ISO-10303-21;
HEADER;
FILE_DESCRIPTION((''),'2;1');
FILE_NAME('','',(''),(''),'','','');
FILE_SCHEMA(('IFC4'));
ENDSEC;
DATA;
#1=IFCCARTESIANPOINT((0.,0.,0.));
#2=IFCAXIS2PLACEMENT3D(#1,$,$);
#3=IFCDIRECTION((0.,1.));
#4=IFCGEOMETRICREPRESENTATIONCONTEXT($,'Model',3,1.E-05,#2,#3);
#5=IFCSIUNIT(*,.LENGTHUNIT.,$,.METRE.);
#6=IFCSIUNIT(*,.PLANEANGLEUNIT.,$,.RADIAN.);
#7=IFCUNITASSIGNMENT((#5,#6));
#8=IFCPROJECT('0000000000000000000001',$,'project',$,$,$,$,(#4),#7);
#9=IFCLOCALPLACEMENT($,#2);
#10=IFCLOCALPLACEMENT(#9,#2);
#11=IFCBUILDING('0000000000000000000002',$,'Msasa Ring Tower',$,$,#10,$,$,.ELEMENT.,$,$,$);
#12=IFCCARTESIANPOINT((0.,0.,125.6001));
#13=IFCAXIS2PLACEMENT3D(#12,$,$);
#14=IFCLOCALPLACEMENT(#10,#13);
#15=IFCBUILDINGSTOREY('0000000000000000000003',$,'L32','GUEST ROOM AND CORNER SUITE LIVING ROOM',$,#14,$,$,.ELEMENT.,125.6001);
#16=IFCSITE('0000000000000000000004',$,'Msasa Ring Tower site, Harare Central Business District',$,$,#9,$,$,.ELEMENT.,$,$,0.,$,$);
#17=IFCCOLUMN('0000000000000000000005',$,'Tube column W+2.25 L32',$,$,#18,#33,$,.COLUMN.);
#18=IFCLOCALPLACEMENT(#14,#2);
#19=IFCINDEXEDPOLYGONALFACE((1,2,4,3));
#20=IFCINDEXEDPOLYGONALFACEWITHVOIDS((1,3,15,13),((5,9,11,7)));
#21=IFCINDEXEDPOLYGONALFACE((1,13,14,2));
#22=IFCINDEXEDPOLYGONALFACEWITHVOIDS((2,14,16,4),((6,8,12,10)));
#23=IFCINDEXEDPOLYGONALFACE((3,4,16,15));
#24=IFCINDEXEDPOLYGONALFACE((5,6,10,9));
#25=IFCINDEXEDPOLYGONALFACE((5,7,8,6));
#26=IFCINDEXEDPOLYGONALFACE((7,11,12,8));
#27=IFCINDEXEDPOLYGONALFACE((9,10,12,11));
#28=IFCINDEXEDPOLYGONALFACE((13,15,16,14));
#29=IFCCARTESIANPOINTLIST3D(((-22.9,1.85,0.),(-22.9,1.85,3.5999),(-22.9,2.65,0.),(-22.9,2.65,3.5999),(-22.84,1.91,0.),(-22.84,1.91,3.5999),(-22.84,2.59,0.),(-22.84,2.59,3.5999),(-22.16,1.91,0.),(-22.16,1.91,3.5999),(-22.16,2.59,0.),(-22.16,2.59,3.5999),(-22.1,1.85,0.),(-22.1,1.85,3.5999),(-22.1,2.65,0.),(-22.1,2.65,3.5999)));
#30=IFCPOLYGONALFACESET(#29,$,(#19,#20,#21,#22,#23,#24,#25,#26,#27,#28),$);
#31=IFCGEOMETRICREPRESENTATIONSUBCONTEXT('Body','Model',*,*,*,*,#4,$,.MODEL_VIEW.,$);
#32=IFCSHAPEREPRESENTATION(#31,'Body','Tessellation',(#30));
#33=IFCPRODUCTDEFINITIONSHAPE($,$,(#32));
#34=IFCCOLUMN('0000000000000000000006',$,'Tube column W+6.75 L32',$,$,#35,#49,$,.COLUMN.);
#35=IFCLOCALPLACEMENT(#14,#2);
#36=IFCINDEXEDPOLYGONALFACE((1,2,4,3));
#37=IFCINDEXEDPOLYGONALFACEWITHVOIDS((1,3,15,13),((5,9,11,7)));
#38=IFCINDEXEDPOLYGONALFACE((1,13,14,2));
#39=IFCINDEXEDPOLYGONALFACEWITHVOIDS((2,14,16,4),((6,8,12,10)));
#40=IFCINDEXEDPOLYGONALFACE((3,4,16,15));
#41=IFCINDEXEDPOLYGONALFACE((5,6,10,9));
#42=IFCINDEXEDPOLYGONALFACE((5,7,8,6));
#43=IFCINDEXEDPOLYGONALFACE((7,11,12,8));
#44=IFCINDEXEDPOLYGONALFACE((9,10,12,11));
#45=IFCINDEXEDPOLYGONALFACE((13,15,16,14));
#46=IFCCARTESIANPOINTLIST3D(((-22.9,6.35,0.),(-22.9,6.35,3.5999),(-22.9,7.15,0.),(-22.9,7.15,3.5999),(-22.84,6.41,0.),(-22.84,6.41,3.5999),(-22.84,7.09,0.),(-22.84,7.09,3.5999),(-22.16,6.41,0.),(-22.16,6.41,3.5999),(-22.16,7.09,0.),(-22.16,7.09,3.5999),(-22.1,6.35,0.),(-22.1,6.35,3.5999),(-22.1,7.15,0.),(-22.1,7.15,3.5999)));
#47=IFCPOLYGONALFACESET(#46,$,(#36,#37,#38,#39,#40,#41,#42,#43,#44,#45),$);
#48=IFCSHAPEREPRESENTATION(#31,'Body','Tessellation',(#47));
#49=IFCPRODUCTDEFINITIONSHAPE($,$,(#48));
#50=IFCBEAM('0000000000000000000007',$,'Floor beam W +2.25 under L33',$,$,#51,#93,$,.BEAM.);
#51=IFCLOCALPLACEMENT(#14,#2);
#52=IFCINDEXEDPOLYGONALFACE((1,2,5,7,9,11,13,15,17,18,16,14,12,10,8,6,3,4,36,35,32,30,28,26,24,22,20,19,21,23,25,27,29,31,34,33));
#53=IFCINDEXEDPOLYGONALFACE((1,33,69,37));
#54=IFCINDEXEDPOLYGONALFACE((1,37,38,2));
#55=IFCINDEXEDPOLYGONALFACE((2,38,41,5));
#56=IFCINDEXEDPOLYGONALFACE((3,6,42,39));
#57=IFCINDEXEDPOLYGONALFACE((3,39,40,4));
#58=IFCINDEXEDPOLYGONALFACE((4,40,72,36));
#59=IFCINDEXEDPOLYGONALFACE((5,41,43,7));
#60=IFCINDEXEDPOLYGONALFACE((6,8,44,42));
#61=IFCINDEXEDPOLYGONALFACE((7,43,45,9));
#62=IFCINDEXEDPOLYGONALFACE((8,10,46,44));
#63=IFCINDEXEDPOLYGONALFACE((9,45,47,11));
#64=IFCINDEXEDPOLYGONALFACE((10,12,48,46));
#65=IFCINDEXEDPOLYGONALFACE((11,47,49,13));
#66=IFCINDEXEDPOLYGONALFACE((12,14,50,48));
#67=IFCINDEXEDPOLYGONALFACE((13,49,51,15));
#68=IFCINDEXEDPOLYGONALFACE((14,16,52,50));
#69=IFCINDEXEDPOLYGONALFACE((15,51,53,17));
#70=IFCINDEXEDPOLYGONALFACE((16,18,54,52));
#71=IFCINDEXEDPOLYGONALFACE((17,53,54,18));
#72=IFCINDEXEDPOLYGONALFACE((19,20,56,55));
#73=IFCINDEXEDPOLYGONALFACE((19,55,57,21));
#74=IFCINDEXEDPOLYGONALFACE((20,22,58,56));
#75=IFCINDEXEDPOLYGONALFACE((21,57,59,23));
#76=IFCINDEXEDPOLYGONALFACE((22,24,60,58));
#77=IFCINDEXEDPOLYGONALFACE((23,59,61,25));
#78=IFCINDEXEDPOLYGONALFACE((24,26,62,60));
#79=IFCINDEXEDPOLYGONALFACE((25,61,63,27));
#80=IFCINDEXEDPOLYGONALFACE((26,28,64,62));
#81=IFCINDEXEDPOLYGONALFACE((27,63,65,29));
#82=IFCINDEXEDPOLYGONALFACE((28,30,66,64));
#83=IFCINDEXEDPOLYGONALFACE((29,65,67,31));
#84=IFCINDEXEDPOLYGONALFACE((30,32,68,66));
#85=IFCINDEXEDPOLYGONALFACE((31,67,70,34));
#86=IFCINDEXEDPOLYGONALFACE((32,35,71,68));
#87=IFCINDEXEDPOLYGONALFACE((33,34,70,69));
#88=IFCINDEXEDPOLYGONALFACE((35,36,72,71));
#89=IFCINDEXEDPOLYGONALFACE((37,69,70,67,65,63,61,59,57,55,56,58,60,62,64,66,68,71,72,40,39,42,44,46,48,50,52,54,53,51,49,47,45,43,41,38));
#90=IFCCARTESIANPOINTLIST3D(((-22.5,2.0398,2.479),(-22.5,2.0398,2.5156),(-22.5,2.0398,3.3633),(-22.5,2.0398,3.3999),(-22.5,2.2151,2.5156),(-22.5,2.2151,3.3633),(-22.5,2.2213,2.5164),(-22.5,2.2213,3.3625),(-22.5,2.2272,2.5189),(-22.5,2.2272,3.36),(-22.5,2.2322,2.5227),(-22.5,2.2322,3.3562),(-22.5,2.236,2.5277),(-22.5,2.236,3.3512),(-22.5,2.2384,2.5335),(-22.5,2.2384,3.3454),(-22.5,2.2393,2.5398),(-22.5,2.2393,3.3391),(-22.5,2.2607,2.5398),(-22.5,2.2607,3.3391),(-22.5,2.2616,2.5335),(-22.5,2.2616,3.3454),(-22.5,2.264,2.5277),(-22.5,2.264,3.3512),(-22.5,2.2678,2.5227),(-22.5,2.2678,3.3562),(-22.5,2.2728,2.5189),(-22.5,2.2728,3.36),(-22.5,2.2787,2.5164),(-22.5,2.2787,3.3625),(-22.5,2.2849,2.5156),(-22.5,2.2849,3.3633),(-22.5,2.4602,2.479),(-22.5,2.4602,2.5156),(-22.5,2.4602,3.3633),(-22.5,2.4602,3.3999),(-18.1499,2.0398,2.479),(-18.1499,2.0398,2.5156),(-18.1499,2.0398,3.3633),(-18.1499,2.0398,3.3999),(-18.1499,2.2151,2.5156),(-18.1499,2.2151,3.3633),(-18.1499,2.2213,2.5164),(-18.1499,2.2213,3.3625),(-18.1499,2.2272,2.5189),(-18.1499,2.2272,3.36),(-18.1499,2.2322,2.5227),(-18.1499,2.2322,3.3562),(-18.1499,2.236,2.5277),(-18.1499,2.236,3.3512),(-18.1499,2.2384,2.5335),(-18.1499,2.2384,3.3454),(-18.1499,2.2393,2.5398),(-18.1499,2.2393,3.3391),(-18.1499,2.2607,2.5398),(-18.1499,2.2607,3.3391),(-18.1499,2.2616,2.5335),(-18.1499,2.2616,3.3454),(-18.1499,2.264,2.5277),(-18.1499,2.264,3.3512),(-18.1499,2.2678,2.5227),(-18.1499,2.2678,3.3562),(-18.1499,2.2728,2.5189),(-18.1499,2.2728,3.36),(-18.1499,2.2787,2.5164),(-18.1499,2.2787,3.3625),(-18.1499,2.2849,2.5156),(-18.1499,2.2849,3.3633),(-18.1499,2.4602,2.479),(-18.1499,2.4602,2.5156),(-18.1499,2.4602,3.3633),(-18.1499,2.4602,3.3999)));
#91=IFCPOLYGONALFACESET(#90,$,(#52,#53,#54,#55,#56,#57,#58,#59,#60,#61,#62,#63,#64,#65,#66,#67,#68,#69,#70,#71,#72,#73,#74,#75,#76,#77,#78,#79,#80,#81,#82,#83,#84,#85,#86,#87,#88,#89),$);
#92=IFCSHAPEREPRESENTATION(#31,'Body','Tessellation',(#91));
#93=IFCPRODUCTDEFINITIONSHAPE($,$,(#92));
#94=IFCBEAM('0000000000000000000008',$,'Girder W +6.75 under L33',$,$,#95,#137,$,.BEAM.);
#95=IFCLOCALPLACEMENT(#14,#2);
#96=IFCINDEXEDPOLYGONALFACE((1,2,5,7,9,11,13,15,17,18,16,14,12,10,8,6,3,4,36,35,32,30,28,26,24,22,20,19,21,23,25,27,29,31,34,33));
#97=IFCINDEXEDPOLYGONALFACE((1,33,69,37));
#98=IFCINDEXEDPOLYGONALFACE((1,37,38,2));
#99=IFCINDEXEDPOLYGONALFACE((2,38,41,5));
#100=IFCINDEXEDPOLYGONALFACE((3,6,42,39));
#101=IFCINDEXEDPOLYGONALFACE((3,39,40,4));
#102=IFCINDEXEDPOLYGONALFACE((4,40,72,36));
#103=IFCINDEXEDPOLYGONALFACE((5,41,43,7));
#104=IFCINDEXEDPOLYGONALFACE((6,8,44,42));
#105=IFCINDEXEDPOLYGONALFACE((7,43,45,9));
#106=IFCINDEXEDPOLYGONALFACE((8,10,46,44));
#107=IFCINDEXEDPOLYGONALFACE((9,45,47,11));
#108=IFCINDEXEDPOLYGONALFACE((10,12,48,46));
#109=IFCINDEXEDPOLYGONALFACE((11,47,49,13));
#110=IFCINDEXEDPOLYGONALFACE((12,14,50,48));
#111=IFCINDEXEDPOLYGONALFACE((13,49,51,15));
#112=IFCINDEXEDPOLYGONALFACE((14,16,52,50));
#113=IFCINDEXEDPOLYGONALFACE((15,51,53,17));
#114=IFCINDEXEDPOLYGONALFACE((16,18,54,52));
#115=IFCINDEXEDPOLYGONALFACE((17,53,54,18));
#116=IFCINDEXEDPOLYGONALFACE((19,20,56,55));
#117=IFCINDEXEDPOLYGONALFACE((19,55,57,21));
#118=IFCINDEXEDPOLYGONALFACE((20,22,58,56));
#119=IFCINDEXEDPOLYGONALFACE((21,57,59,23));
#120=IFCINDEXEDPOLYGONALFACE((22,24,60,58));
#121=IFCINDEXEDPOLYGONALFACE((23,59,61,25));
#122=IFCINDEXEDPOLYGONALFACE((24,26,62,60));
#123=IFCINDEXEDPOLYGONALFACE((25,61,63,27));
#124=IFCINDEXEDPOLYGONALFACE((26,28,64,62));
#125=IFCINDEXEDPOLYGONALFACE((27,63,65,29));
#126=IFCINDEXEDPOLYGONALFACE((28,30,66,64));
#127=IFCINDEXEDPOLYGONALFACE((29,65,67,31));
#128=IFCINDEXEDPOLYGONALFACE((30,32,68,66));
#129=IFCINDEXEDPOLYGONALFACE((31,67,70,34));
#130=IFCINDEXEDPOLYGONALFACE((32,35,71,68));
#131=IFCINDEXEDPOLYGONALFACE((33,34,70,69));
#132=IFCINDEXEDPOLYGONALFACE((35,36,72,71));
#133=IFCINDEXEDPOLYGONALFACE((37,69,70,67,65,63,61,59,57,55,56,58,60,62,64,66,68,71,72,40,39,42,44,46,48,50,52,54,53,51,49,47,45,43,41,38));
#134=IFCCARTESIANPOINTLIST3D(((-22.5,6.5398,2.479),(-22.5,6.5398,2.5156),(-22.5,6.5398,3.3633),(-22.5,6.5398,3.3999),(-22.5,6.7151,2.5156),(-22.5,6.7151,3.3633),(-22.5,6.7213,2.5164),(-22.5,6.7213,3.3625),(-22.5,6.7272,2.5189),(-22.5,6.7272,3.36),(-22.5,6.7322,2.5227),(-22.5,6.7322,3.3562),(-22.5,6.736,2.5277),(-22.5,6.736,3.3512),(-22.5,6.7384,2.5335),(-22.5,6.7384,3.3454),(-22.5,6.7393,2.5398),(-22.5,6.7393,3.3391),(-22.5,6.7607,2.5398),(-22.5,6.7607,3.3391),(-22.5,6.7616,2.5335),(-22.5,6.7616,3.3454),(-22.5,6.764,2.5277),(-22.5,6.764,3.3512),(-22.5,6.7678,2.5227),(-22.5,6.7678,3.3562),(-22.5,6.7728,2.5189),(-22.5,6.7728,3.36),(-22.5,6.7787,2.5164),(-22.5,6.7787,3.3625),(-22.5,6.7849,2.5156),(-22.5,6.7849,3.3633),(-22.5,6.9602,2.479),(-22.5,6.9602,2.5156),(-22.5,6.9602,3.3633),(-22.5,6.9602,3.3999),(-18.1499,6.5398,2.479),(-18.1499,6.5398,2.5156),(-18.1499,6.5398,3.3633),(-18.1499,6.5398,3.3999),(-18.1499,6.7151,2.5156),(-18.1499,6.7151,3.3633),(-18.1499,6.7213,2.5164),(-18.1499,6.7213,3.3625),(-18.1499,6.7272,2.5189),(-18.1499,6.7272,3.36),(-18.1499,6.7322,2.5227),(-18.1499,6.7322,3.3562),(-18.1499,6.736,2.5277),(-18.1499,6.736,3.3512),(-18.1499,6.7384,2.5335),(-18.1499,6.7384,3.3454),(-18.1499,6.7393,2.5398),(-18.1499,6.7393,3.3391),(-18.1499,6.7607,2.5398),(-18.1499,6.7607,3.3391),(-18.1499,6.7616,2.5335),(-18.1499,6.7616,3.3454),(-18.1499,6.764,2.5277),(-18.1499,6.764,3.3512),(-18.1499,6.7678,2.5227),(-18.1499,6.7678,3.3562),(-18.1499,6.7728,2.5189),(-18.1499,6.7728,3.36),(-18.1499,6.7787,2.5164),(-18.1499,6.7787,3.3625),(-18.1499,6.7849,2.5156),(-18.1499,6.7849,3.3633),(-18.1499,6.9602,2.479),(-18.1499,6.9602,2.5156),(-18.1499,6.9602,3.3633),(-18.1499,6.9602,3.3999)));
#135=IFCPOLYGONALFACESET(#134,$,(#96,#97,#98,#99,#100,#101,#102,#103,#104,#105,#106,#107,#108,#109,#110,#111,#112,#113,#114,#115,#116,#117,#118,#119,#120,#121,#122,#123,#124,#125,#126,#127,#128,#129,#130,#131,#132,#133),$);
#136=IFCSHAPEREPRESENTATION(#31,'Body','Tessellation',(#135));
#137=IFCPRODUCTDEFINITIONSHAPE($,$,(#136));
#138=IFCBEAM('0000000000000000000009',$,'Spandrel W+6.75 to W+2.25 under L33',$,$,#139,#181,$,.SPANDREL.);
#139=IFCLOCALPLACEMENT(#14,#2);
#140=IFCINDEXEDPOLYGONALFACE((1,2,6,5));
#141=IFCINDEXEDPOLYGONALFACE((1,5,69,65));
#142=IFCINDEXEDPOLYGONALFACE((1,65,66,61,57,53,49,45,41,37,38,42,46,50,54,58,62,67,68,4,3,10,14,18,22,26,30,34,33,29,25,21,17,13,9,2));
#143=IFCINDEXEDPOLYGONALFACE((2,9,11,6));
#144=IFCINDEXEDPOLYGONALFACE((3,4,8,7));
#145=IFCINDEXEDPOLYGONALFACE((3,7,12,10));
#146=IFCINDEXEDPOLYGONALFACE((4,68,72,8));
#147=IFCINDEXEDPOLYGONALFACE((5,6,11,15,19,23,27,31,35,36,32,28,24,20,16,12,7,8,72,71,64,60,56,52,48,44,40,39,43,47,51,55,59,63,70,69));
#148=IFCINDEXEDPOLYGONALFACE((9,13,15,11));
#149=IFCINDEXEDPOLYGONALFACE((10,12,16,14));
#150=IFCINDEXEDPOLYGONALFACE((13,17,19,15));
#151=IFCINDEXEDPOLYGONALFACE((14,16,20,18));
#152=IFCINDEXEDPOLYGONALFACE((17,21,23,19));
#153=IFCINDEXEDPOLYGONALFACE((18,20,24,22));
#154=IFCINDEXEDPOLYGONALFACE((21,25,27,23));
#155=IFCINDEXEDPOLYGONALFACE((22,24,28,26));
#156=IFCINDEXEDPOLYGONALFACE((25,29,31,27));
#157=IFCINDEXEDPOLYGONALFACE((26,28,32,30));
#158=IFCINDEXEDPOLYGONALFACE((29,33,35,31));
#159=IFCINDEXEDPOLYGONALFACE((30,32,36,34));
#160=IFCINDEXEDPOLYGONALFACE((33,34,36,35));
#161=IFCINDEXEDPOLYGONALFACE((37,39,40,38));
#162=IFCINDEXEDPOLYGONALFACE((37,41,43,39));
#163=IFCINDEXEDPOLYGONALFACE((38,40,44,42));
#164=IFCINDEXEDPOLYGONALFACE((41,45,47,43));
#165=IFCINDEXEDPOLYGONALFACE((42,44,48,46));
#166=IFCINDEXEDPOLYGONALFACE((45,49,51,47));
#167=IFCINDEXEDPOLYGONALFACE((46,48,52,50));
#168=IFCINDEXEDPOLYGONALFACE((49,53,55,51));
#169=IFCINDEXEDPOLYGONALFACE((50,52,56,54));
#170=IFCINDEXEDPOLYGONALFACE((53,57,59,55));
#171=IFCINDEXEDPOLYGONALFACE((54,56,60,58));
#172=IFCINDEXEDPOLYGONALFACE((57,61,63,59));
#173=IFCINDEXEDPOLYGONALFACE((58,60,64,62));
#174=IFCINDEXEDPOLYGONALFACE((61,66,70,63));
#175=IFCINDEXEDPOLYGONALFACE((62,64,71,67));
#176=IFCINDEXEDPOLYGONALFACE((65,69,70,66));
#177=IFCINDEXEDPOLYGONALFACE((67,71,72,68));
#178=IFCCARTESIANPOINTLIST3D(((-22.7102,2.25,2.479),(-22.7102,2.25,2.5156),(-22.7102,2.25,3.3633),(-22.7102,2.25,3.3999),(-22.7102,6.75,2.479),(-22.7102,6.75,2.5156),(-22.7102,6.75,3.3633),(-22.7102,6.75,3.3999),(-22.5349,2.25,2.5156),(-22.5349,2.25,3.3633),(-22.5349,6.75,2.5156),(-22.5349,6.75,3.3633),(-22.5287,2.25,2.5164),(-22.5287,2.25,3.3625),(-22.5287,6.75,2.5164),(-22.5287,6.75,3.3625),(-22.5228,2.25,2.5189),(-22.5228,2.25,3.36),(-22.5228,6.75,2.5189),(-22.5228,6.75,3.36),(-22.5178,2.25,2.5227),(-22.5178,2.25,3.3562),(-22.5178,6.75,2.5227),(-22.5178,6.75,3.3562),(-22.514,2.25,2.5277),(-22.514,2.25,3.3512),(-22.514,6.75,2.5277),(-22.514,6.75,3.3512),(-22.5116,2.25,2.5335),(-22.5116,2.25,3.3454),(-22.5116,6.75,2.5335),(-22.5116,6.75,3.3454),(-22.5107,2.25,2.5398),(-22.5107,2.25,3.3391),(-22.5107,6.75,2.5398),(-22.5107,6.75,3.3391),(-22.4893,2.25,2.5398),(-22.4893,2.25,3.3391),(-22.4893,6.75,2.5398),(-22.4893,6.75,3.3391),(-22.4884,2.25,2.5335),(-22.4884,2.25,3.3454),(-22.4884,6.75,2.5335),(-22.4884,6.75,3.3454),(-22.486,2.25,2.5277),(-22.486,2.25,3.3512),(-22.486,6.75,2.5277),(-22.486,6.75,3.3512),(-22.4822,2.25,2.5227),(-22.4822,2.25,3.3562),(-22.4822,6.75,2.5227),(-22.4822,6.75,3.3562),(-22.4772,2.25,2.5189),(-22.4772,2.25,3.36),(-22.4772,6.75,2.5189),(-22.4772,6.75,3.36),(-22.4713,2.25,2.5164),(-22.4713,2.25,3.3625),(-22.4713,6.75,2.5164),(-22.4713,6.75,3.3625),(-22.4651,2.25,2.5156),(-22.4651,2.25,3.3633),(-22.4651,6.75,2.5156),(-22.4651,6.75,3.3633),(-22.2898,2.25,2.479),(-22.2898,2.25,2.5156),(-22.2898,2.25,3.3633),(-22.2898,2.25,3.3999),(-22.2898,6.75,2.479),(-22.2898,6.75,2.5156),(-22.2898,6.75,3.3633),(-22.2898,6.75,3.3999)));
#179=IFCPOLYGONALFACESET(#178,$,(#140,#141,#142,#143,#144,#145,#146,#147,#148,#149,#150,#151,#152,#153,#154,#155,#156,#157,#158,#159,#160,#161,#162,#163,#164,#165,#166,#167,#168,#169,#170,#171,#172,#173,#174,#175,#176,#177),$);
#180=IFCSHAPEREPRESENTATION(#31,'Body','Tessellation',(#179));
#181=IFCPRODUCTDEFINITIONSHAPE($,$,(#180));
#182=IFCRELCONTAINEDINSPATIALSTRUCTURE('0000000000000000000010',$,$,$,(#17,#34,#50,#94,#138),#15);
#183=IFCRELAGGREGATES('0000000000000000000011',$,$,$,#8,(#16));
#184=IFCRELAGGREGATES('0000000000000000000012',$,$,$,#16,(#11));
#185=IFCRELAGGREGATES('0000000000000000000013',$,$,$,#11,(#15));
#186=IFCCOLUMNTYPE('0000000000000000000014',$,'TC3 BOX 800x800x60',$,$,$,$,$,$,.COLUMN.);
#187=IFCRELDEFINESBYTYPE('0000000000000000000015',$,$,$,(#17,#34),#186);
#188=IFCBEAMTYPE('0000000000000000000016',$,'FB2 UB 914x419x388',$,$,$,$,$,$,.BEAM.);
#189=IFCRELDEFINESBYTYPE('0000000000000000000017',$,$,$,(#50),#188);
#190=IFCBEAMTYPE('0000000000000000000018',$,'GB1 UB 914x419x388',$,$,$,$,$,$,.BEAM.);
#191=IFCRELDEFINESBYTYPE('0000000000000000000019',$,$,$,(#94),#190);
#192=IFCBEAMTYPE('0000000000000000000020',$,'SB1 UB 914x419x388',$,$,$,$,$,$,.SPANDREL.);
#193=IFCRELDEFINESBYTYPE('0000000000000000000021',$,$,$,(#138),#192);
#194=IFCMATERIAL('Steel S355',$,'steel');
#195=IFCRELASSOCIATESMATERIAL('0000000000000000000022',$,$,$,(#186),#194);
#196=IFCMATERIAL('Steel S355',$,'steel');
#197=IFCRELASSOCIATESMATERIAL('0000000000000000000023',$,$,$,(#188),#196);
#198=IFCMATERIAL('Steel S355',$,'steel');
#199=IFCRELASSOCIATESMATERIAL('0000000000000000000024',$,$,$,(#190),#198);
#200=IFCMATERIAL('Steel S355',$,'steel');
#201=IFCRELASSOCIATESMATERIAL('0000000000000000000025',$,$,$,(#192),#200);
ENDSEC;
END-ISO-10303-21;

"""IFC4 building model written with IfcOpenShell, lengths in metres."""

from ifc_helpers import new_model, si_unit, direction, frame, origin, origin_2d, place, context, subcontext, project, spatial, hollow_rectangle, i_section, extrude, material, material_profile, profile_set, type_object, element, save


model = new_model("IFC4")

# Units and contexts
model_context = context("Model", 3, precision=1e-05, world=origin(), true_north=direction((0.0, 1.0)))
body_context = subcontext(model_context, "Body", "Model", "MODEL_VIEW")
ifc_project = project(units=[si_unit("LENGTHUNIT", "METRE"), si_unit("PLANEANGLEUNIT", "RADIAN")], contexts=[model_context])

# Site, building, storey
site_placement = place(None, origin())
site = spatial("IfcSite", under=ifc_project, at=site_placement, Name="Msasa Ring Tower site, Harare Central Business District", CompositionType="ELEMENT", RefElevation=0.0)
building_placement = place(site_placement, origin())
building = spatial("IfcBuilding", under=site, at=building_placement, Name="Msasa Ring Tower", CompositionType="ELEMENT")
storey_placement = place(building_placement, frame((0.0, 0.0, 125.6001)))
storey = spatial("IfcBuildingStorey", under=building, at=storey_placement, Name="L32", Description="GUEST ROOM AND CORNER SUITE LIVING ROOM", CompositionType="ELEMENT", Elevation=125.6001)

# Columns
ifc_material_1 = material(Name="Steel S355", Category="steel")
ifc_material_profile_1 = material_profile(ifc_material_1, hollow_rectangle(XDim=0.8, YDim=0.8, WallThickness=0.0601, at=origin_2d()), Name="BOX 800x800x60")
ifc_profile_set_1 = profile_set([ifc_material_profile_1], Name="Steel S355")
column_type = type_object("IfcColumnType", Name="TC3 BOX 800x800x60", PredefinedType="COLUMN", material=ifc_profile_set_1)
for number, where, z_axis, x_axis, name in (
    (1, (-22.5, 2.25, 0.0), (0.0, 0.0, 1.0), (1.0, 0.0, 0.0), "Tube column W+2.25 L32"),
    (2, (-22.5, 6.75, 0.0), (0.0, 0.0, 1.0), (1.0, 0.0, 0.0), "Tube column W+6.75 L32"),
):
    element("IfcColumn", number, at=place(storey_placement, frame(where, z_axis=z_axis, x_axis=x_axis)), inside=storey, type_object=column_type, Name=name, PredefinedType="COLUMN", context=body_context, shape_type="SweptSolid", body=[
        extrude(hollow_rectangle(XDim=0.8, YDim=0.8, WallThickness=0.0601, at=origin_2d()), origin(), (0.0, 0.0, 1.0), 3.5999),
    ])

# Beams
ifc_material_2 = material(Name="Steel S355", Category="steel")
ifc_material_profile_2 = material_profile(ifc_material_2, i_section(OverallWidth=0.4204, OverallDepth=0.9209, WebThickness=0.0215, FlangeThickness=0.0366, FilletRadius=0.0242, at=origin_2d()), Name="UB 914x419x388")
ifc_profile_set_2 = profile_set([ifc_material_profile_2], Name="Steel S355")
beam_type_1 = type_object("IfcBeamType", Name="FB2 UB 914x419x388", PredefinedType="BEAM", material=ifc_profile_set_2)
beam_1_placement = place(storey_placement, frame((-22.5, 2.25, 2.9395), z_axis=(1.0, 0.0, 0.0), x_axis=(0.0, 1.0, 0.0)))
element("IfcBeam", 3, at=beam_1_placement, inside=storey, type_object=beam_type_1, Name="Floor beam W +2.25 under L33", PredefinedType="BEAM", context=body_context, shape_type="SweptSolid", body=[
    extrude(i_section(OverallWidth=0.4204, OverallDepth=0.9209, WebThickness=0.0215, FlangeThickness=0.0366, FilletRadius=0.0242, at=origin_2d()), origin(), (0.0, 0.0, 1.0), 4.3501),
])
ifc_material_3 = material(Name="Steel S355", Category="steel")
ifc_material_profile_3 = material_profile(ifc_material_3, i_section(OverallWidth=0.4204, OverallDepth=0.9209, WebThickness=0.0215, FlangeThickness=0.0366, FilletRadius=0.0242, at=origin_2d()), Name="UB 914x419x388")
ifc_profile_set_3 = profile_set([ifc_material_profile_3], Name="Steel S355")
beam_type_2 = type_object("IfcBeamType", Name="GB1 UB 914x419x388", PredefinedType="BEAM", material=ifc_profile_set_3)
beam_2_placement = place(storey_placement, frame((-18.1499, 6.75, 2.9395), z_axis=(-1.0, 0.0, 0.0), x_axis=(0.0, -1.0, 0.0)))
element("IfcBeam", 4, at=beam_2_placement, inside=storey, type_object=beam_type_2, Name="Girder W +6.75 under L33", PredefinedType="BEAM", context=body_context, shape_type="SweptSolid", body=[
    extrude(i_section(OverallWidth=0.4204, OverallDepth=0.9209, WebThickness=0.0215, FlangeThickness=0.0366, FilletRadius=0.0242, at=origin_2d()), origin(), (0.0, 0.0, 1.0), 4.3501),
])
ifc_material_4 = material(Name="Steel S355", Category="steel")
ifc_material_profile_4 = material_profile(ifc_material_4, i_section(OverallWidth=0.4204, OverallDepth=0.9209, WebThickness=0.0215, FlangeThickness=0.0366, FilletRadius=0.0242, at=origin_2d()), Name="UB 914x419x388")
ifc_profile_set_4 = profile_set([ifc_material_profile_4], Name="Steel S355")
beam_type_3 = type_object("IfcBeamType", Name="SB1 UB 914x419x388", PredefinedType="SPANDREL", material=ifc_profile_set_4)
for number, where, z_axis, x_axis, name in (
    (5, (-22.5, 6.75, 2.9395), (0.0, -1.0, 0.0), (1.0, 0.0, 0.0), "Spandrel W+6.75 to W+2.25 under L33"),
):
    element("IfcBeam", number, at=place(storey_placement, frame(where, z_axis=z_axis, x_axis=x_axis)), inside=storey, type_object=beam_type_3, Name=name, PredefinedType="SPANDREL", context=body_context, shape_type="SweptSolid", body=[
        extrude(i_section(OverallWidth=0.4204, OverallDepth=0.9209, WebThickness=0.0215, FlangeThickness=0.0366, FilletRadius=0.0242, at=origin_2d()), origin(), (0.0, 0.0, 1.0), 4.5),
    ])

save(model, "model.ifc")
